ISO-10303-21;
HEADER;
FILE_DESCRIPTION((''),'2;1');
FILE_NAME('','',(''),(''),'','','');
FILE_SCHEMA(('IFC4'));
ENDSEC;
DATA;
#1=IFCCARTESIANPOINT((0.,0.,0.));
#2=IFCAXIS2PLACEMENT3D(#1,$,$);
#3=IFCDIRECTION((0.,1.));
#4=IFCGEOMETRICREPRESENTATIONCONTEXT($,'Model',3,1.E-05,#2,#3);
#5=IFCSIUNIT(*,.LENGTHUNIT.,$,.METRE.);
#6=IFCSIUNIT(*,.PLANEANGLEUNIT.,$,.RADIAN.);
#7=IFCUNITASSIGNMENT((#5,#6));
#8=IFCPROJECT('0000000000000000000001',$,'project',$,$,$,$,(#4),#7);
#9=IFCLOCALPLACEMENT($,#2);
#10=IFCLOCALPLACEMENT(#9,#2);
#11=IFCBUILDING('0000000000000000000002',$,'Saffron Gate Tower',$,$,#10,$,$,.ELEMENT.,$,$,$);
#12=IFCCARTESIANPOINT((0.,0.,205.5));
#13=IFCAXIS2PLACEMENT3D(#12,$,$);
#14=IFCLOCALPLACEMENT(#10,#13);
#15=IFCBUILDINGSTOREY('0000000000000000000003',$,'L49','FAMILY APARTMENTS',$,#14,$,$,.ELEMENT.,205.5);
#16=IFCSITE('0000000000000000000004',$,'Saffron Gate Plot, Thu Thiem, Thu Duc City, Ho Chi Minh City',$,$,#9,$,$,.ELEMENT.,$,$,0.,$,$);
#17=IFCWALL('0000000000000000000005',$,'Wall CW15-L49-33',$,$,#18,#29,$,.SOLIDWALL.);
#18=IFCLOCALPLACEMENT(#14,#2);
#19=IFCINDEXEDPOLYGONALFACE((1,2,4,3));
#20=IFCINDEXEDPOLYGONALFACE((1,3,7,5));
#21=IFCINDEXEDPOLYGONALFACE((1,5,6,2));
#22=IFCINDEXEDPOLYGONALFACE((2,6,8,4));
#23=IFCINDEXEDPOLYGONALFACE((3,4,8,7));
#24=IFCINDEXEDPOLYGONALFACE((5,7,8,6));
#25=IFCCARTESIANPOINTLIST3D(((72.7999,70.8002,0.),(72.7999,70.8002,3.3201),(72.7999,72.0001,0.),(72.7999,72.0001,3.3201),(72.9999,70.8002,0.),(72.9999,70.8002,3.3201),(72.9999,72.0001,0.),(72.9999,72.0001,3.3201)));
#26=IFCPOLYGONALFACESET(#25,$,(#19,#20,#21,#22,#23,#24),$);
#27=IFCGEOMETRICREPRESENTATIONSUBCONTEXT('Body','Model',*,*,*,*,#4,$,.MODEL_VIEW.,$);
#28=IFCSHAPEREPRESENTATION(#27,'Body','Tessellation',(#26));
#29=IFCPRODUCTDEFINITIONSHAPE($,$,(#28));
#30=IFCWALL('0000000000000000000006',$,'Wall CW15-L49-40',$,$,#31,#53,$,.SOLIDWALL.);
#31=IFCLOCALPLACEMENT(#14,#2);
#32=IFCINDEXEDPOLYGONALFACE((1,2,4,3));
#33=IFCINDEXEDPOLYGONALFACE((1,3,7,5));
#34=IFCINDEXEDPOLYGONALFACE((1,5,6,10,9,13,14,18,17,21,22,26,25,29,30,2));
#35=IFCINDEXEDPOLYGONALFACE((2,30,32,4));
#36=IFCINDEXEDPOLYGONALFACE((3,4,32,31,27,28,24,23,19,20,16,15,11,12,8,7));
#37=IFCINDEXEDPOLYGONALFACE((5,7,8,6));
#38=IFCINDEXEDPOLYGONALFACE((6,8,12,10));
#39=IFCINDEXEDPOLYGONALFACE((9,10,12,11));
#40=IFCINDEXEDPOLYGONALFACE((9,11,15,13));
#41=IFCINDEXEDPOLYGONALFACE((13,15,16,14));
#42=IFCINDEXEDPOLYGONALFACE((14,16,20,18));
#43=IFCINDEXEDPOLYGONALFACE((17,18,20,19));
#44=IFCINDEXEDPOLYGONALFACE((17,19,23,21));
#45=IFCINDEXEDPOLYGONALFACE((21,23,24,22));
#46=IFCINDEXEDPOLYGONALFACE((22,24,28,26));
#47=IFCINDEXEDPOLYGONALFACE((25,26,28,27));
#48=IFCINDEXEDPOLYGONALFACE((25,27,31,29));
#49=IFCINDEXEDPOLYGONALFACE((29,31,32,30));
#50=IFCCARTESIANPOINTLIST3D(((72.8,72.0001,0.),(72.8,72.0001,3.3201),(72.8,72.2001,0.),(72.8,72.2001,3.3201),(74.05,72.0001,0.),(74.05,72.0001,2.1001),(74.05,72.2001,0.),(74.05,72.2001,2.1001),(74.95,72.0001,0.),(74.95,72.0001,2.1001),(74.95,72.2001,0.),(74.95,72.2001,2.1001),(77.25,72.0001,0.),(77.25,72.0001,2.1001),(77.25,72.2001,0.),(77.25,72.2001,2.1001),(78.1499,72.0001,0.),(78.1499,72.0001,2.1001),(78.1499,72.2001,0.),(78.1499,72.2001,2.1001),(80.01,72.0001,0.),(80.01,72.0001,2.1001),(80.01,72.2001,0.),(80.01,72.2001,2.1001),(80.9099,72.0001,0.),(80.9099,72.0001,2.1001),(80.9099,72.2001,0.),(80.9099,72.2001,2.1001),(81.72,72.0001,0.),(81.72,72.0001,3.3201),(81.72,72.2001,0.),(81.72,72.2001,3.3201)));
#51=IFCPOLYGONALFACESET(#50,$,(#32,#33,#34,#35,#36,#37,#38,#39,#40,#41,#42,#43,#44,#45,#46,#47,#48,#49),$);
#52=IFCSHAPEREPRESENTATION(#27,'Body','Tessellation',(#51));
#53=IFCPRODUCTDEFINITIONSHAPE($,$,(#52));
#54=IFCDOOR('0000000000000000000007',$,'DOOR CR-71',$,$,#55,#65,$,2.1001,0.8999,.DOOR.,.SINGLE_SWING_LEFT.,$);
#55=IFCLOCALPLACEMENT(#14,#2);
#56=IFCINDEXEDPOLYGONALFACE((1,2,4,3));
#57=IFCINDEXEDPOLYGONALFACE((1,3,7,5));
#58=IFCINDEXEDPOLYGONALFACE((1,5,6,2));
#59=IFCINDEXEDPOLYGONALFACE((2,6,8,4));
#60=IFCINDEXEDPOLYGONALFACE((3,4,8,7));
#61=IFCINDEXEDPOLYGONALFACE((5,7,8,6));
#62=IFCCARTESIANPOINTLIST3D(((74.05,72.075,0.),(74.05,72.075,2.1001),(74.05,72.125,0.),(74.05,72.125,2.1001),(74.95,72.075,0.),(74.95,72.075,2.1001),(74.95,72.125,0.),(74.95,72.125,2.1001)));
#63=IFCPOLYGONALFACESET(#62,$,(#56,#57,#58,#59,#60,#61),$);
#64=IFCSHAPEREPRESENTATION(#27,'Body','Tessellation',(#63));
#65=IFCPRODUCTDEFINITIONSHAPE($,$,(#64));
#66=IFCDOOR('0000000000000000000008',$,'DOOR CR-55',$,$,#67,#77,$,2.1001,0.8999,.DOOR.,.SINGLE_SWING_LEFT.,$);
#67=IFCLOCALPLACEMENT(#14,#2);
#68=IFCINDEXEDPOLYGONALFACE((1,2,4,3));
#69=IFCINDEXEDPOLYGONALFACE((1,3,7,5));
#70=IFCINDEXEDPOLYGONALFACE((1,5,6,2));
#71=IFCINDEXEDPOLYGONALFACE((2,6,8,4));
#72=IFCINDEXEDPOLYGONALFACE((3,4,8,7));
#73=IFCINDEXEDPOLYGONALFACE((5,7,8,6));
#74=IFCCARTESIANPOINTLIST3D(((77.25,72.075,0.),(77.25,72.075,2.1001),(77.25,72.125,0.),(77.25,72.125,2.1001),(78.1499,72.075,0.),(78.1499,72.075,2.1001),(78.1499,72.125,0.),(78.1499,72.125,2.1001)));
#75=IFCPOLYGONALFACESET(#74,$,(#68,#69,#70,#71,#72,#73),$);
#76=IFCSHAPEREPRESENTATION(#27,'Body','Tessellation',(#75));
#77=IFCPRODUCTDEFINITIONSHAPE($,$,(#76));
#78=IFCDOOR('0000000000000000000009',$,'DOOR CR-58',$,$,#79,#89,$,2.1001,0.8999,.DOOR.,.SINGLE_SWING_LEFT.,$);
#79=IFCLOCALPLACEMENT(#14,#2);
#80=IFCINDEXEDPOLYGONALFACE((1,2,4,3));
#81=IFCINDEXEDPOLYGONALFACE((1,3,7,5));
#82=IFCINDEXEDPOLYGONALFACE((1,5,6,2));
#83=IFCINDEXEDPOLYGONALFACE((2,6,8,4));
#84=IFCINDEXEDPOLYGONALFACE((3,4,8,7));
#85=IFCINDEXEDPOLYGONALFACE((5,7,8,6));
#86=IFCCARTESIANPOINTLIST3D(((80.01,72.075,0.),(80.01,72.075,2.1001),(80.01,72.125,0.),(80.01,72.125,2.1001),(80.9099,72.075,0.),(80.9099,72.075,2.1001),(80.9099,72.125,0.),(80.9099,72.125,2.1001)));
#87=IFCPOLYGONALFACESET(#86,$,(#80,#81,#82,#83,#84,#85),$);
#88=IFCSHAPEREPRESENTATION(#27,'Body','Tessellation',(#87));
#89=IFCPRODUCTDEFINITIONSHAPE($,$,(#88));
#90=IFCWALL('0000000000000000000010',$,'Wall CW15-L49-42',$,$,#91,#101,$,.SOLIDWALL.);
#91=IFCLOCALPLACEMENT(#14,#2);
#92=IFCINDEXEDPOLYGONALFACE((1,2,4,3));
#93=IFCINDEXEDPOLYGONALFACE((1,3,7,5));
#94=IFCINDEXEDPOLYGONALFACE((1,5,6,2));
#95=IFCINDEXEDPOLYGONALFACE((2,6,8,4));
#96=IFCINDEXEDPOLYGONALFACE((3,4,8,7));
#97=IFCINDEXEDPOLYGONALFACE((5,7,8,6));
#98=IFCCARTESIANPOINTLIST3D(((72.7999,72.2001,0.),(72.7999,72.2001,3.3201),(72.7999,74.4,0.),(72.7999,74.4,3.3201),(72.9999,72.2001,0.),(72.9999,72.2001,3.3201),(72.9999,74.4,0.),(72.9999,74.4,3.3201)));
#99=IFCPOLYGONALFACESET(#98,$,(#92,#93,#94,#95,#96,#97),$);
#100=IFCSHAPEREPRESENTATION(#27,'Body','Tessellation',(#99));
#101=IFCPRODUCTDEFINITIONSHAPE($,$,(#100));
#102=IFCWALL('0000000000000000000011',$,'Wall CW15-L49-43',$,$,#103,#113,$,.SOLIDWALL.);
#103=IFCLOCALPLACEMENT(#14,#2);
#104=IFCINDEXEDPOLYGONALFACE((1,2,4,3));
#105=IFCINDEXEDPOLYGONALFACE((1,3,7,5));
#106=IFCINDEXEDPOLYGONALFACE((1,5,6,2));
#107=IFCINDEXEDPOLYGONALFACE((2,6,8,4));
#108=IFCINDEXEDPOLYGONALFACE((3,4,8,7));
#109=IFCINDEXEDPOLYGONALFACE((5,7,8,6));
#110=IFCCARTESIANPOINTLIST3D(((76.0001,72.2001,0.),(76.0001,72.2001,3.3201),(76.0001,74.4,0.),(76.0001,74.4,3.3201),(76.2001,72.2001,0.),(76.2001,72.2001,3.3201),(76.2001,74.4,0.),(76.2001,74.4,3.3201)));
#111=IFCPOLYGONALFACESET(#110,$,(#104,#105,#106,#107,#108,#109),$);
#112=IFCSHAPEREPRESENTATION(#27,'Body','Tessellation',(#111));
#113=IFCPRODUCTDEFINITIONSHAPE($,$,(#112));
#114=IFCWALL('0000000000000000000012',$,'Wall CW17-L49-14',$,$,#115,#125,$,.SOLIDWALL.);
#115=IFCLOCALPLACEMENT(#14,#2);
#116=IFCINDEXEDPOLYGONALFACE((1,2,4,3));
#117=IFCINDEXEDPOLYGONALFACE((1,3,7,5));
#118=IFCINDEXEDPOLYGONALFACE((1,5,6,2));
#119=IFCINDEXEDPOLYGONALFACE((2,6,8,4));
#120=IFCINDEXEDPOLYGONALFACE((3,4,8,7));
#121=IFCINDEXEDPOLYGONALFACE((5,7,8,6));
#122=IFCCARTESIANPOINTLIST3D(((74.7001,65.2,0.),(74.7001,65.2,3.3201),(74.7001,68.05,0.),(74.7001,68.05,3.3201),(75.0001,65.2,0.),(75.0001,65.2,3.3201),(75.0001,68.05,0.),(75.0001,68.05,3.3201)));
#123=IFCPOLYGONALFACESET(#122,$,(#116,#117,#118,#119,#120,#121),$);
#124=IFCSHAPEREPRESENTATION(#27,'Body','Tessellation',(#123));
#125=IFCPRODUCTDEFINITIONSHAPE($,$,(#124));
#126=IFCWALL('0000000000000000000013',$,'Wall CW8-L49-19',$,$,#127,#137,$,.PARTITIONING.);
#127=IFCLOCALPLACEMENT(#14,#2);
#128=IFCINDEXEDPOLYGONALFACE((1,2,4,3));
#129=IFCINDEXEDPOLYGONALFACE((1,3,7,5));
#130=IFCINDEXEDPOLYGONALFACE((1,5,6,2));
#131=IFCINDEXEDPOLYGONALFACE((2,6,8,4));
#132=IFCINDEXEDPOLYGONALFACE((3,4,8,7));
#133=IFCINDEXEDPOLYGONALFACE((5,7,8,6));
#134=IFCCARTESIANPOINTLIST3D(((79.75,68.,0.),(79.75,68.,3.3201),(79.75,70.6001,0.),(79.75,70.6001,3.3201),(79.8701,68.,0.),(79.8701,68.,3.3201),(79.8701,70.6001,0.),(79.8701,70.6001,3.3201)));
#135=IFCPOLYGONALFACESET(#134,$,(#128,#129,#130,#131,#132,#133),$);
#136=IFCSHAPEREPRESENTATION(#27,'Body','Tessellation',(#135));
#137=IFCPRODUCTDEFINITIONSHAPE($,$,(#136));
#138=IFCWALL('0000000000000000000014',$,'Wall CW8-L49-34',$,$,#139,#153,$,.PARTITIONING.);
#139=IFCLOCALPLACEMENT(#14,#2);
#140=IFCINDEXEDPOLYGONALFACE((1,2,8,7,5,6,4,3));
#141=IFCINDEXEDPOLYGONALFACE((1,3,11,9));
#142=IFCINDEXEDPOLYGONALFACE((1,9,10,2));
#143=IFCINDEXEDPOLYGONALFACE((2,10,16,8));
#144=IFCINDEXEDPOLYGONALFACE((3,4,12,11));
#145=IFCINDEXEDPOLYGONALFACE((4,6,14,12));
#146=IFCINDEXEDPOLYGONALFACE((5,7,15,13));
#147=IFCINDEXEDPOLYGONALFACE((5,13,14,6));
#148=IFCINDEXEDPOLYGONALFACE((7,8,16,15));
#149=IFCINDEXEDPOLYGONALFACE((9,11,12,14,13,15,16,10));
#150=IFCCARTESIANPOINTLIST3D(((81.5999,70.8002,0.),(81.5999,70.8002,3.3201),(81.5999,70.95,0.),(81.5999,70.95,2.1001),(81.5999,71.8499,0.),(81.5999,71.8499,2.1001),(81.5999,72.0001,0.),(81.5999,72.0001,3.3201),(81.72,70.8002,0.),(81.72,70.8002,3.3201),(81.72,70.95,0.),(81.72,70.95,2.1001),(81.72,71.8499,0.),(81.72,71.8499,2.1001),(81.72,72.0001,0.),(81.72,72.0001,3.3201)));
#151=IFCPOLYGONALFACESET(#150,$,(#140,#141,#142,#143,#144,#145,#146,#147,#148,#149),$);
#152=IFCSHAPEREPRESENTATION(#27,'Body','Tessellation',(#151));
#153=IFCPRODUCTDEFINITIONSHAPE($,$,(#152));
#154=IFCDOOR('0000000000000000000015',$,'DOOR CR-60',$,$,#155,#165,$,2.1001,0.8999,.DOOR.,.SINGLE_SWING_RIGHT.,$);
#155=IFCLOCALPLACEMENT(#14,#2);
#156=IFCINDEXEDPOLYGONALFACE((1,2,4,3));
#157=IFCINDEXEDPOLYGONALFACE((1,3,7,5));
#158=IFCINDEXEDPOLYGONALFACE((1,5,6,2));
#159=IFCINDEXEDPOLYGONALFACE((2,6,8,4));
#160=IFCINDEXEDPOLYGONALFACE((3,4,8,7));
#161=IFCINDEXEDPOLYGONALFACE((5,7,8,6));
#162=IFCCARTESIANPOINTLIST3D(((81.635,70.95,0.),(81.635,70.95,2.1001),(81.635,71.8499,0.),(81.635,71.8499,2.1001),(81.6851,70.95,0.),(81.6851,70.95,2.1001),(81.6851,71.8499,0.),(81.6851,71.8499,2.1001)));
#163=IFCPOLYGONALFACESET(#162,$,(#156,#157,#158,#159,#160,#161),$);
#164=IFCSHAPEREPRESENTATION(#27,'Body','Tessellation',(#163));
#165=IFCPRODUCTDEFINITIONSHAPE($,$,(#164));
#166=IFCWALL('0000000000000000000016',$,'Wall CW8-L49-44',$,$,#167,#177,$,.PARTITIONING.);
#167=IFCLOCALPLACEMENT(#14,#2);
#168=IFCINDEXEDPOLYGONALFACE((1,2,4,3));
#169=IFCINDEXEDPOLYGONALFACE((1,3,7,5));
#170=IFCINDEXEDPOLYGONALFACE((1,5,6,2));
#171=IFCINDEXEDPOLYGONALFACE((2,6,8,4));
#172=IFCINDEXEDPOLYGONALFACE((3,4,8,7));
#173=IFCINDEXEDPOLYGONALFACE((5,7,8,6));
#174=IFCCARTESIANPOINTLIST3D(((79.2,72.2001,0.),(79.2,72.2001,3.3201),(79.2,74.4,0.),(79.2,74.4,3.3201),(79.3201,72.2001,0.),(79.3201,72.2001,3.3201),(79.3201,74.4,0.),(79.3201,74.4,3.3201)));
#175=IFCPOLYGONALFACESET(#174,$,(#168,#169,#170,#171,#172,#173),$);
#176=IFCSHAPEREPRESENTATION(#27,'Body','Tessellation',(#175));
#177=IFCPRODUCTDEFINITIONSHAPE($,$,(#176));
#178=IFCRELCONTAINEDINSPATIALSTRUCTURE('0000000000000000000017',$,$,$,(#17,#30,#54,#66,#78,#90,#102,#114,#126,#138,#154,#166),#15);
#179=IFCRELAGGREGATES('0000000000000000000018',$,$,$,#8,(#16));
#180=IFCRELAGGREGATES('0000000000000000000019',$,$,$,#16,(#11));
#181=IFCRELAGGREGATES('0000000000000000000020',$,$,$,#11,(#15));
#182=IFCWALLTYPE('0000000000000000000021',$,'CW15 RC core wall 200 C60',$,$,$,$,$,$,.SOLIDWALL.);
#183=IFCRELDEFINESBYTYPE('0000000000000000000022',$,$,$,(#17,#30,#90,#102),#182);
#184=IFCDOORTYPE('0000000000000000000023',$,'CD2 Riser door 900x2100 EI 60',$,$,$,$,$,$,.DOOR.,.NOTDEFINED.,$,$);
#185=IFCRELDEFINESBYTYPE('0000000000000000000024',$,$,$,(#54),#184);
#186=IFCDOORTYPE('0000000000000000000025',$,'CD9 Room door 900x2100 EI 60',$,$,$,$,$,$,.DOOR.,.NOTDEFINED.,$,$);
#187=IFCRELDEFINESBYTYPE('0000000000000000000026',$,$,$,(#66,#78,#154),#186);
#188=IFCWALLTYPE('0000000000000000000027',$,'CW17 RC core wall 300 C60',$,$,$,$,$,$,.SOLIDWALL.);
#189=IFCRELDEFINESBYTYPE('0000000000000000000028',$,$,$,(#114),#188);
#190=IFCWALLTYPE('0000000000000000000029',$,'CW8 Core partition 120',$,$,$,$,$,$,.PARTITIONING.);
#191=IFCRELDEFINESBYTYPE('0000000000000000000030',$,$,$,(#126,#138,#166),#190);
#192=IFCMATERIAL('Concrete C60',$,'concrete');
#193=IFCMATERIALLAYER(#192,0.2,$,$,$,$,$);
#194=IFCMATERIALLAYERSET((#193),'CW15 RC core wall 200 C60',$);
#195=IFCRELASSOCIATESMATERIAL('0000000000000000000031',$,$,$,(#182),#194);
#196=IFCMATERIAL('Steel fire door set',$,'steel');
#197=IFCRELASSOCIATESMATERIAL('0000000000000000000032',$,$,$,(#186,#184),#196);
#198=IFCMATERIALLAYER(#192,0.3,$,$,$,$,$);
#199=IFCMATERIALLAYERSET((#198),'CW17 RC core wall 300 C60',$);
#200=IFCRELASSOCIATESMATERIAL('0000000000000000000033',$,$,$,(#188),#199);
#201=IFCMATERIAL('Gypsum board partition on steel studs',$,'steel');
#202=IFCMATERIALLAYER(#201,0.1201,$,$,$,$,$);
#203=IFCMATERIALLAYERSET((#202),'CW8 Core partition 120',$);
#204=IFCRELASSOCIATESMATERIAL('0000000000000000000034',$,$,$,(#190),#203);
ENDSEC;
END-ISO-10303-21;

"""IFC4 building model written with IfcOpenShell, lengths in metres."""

from ifc_helpers import new_model, si_unit, direction, frame, frame_2d, origin, place, context, subcontext, project, spatial, rectangle, extrude, material, layer, layer_set, type_object, element, fill, save


model = new_model("IFC4")

# Units and contexts
model_context = context("Model", 3, precision=1e-05, world=origin(), true_north=direction((0.0, 1.0)))
body_context = subcontext(model_context, "Body", "Model", "MODEL_VIEW")
ifc_project = project(units=[si_unit("LENGTHUNIT", "METRE"), si_unit("PLANEANGLEUNIT", "RADIAN")], contexts=[model_context])

# Site, building, storey
site_placement = place(None, origin())
site = spatial("IfcSite", under=ifc_project, at=site_placement, Name="Saffron Gate Plot, Thu Thiem, Thu Duc City, Ho Chi Minh City", CompositionType="ELEMENT", RefElevation=0.0)
building_placement = place(site_placement, origin())
building = spatial("IfcBuilding", under=site, at=building_placement, Name="Saffron Gate Tower", CompositionType="ELEMENT")
storey_placement = place(building_placement, frame((0.0, 0.0, 205.5)))
storey = spatial("IfcBuildingStorey", under=building, at=storey_placement, Name="L49", Description="FAMILY APARTMENTS", CompositionType="ELEMENT", Elevation=205.5)

# Shared definitions
ifc_material_1 = material(Name="Concrete C60", Category="concrete")

# Shared definitions
ifc_layer_1 = layer(ifc_material_1, 0.2)
ifc_layer_set_1 = layer_set([ifc_layer_1], Name="CW15 RC core wall 200 C60")
wall_type_1 = type_object("IfcWallType", Name="CW15 RC core wall 200 C60", PredefinedType="SOLIDWALL", material=ifc_layer_set_1)
ifc_material_2 = material(Name="Steel fire door set", Category="steel")
door_type_1 = type_object("IfcDoorType", Name="CD9 Room door 900x2100 EI 60", OperationType="NOTDEFINED", PredefinedType="DOOR", material=ifc_material_2)

# Wall
wall_1_placement = place(storey_placement, frame((72.8999, 70.8, 0.0), z_axis=(0.0, 0.0, 1.0), x_axis=(0.0, 1.0, 0.0)))
element("IfcWall", 1, at=wall_1_placement, inside=storey, type_object=wall_type_1, Name="Wall CW15-L49-33", PredefinedType="SOLIDWALL", context=body_context, shape_type="SweptSolid", body=[
    extrude(rectangle(XDim=1.2, YDim=0.2, at=frame_2d((0.6001, 0.0))), origin(), (0.0, 0.0, 1.0), 3.3201),
])

# Wall, openings, doors
wall_2_placement = place(storey_placement, frame((72.8, 72.1001, 0.0), z_axis=(0.0, 0.0, 1.0), x_axis=(1.0, 0.0, 0.0)))
wall_2 = element("IfcWall", 2, at=wall_2_placement, inside=storey, type_object=wall_type_1, Name="Wall CW15-L49-40", PredefinedType="SOLIDWALL", context=body_context, shape_type="SweptSolid", body=[
    extrude(rectangle(XDim=8.9199, YDim=0.2, at=frame_2d((4.46, 0.0))), origin(), (0.0, 0.0, 1.0), 3.3201),
])
opening_1_placement = place(wall_2_placement, frame((1.25, 0.0, 0.0)))
opening_1 = element("IfcOpeningElement", 3, at=opening_1_placement, cuts=wall_2, PredefinedType="OPENING", context=body_context, shape_type="SweptSolid", body=[
    extrude(rectangle(XDim=0.8999, YDim=2.1001, at=frame_2d((0.45, 1.05))), frame((0.0, 0.1099, 0.0), z_axis=(0.0, -1.0, 0.0), x_axis=(1.0, 0.0, 0.0)), (0.0, 0.0, 1.0), 0.22),
])
opening_2_placement = place(wall_2_placement, frame((4.45, 0.0, 0.0)))
opening_2 = element("IfcOpeningElement", 4, at=opening_2_placement, cuts=wall_2, PredefinedType="OPENING", context=body_context, shape_type="SweptSolid", body=[
    extrude(rectangle(XDim=0.8999, YDim=2.1001, at=frame_2d((0.45, 1.05))), frame((0.0, 0.1099, 0.0), z_axis=(0.0, -1.0, 0.0), x_axis=(1.0, 0.0, 0.0)), (0.0, 0.0, 1.0), 0.22),
])
opening_3_placement = place(wall_2_placement, frame((7.21, 0.0, 0.0)))
opening_3 = element("IfcOpeningElement", 5, at=opening_3_placement, cuts=wall_2, PredefinedType="OPENING", context=body_context, shape_type="SweptSolid", body=[
    extrude(rectangle(XDim=0.8999, YDim=2.1001, at=frame_2d((0.45, 1.05))), frame((0.0, 0.1099, 0.0), z_axis=(0.0, -1.0, 0.0), x_axis=(1.0, 0.0, 0.0)), (0.0, 0.0, 1.0), 0.22),
])
door_type_2 = type_object("IfcDoorType", Name="CD2 Riser door 900x2100 EI 60", OperationType="NOTDEFINED", PredefinedType="DOOR", material=ifc_material_2)
door_1_placement = place(opening_1_placement, origin())
door_1 = element("IfcDoor", 6, at=door_1_placement, inside=storey, type_object=door_type_2, Name="DOOR CR-71", OperationType="SINGLE_SWING_LEFT", OverallHeight=2.1001, OverallWidth=0.8999, PredefinedType="DOOR", context=body_context, shape_type="SweptSolid", body=[
    extrude(rectangle(XDim=0.8999, YDim=2.1001, at=frame_2d((0.45, 1.05))), frame((0.0, 0.0249, 0.0), z_axis=(0.0, -1.0, 0.0), x_axis=(1.0, 0.0, 0.0)), (0.0, 0.0, 1.0), 0.05),
])
fill(opening_1, door_1)
door_2_placement = place(opening_2_placement, origin())
door_2 = element("IfcDoor", 7, at=door_2_placement, inside=storey, type_object=door_type_1, Name="DOOR CR-55", OperationType="SINGLE_SWING_LEFT", OverallHeight=2.1001, OverallWidth=0.8999, PredefinedType="DOOR", context=body_context, shape_type="SweptSolid", body=[
    extrude(rectangle(XDim=0.8999, YDim=2.1001, at=frame_2d((0.45, 1.05))), frame((0.0, 0.0249, 0.0), z_axis=(0.0, -1.0, 0.0), x_axis=(1.0, 0.0, 0.0)), (0.0, 0.0, 1.0), 0.05),
])
fill(opening_2, door_2)
door_3_placement = place(opening_3_placement, origin())
door_3 = element("IfcDoor", 8, at=door_3_placement, inside=storey, type_object=door_type_1, Name="DOOR CR-58", OperationType="SINGLE_SWING_LEFT", OverallHeight=2.1001, OverallWidth=0.8999, PredefinedType="DOOR", context=body_context, shape_type="SweptSolid", body=[
    extrude(rectangle(XDim=0.8999, YDim=2.1001, at=frame_2d((0.45, 1.05))), frame((0.0, 0.0249, 0.0), z_axis=(0.0, -1.0, 0.0), x_axis=(1.0, 0.0, 0.0)), (0.0, 0.0, 1.0), 0.05),
])
fill(opening_3, door_3)

# Walls
for number, where, z_axis, x_axis, name in (
    (9, (72.8999, 72.2, 0.0), (0.0, 0.0, 1.0), (0.0, 1.0, 0.0), "Wall CW15-L49-42"),
    (10, (76.1001, 72.2, 0.0), (0.0, 0.0, 1.0), (0.0, 1.0, 0.0), "Wall CW15-L49-43"),
):
    element("IfcWall", number, at=place(storey_placement, frame(where, z_axis=z_axis, x_axis=x_axis)), inside=storey, type_object=wall_type_1, Name=name, PredefinedType="SOLIDWALL", context=body_context, shape_type="SweptSolid", body=[
        extrude(rectangle(XDim=2.2, YDim=0.2, at=frame_2d((1.1001, 0.0))), origin(), (0.0, 0.0, 1.0), 3.3201),
    ])
ifc_layer_2 = layer(ifc_material_1, 0.3)
ifc_layer_set_2 = layer_set([ifc_layer_2], Name="CW17 RC core wall 300 C60")
wall_type_2 = type_object("IfcWallType", Name="CW17 RC core wall 300 C60", PredefinedType="SOLIDWALL", material=ifc_layer_set_2)
wall_3_placement = place(storey_placement, frame((74.8501, 65.2, 0.0), z_axis=(0.0, 0.0, 1.0), x_axis=(0.0, 1.0, 0.0)))
element("IfcWall", 11, at=wall_3_placement, inside=storey, type_object=wall_type_2, Name="Wall CW17-L49-14", PredefinedType="SOLIDWALL", context=body_context, shape_type="SweptSolid", body=[
    extrude(rectangle(XDim=2.8501, YDim=0.3, at=frame_2d((1.425, 0.0))), origin(), (0.0, 0.0, 1.0), 3.3201),
])
ifc_material_3 = material(Name="Gypsum board partition on steel studs", Category="steel")
ifc_layer_3 = layer(ifc_material_3, 0.1201)
ifc_layer_set_3 = layer_set([ifc_layer_3], Name="CW8 Core partition 120")
wall_type_3 = type_object("IfcWallType", Name="CW8 Core partition 120", PredefinedType="PARTITIONING", material=ifc_layer_set_3)
wall_4_placement = place(storey_placement, frame((79.8101, 68.0, 0.0), z_axis=(0.0, 0.0, 1.0), x_axis=(0.0, 1.0, 0.0)))
element("IfcWall", 12, at=wall_4_placement, inside=storey, type_object=wall_type_3, Name="Wall CW8-L49-19", PredefinedType="PARTITIONING", context=body_context, shape_type="SweptSolid", body=[
    extrude(rectangle(XDim=2.6001, YDim=0.1201, at=frame_2d((1.3, 0.0))), origin(), (0.0, 0.0, 1.0), 3.3201),
])

# Wall, opening, door
wall_5_placement = place(storey_placement, frame((81.6599, 70.8, 0.0), z_axis=(0.0, 0.0, 1.0), x_axis=(0.0, 1.0, 0.0)))
wall_5 = element("IfcWall", 13, at=wall_5_placement, inside=storey, type_object=wall_type_3, Name="Wall CW8-L49-34", PredefinedType="PARTITIONING", context=body_context, shape_type="SweptSolid", body=[
    extrude(rectangle(XDim=1.2, YDim=0.1201, at=frame_2d((0.6001, 0.0))), origin(), (0.0, 0.0, 1.0), 3.3201),
])
opening_4_placement = place(wall_5_placement, frame((0.1499, 0.0, 0.0)))
opening_4 = element("IfcOpeningElement", 14, at=opening_4_placement, cuts=wall_5, PredefinedType="OPENING", context=body_context, shape_type="SweptSolid", body=[
    extrude(rectangle(XDim=0.8999, YDim=2.1001, at=frame_2d((0.45, 1.05))), frame((0.0, 0.0701, 0.0), z_axis=(0.0, -1.0, 0.0), x_axis=(1.0, 0.0, 0.0)), (0.0, 0.0, 1.0), 0.1401),
])
door_4_placement = place(opening_4_placement, origin())
door_4 = element("IfcDoor", 15, at=door_4_placement, inside=storey, type_object=door_type_1, Name="DOOR CR-60", OperationType="SINGLE_SWING_RIGHT", OverallHeight=2.1001, OverallWidth=0.8999, PredefinedType="DOOR", context=body_context, shape_type="SweptSolid", body=[
    extrude(rectangle(XDim=0.8999, YDim=2.1001, at=frame_2d((0.45, 1.05))), frame((0.0, 0.0249, 0.0), z_axis=(0.0, -1.0, 0.0), x_axis=(1.0, 0.0, 0.0)), (0.0, 0.0, 1.0), 0.05),
])
fill(opening_4, door_4)

# Wall
wall_6_placement = place(storey_placement, frame((79.26, 72.2, 0.0), z_axis=(0.0, 0.0, 1.0), x_axis=(0.0, 1.0, 0.0)))
element("IfcWall", 16, at=wall_6_placement, inside=storey, type_object=wall_type_3, Name="Wall CW8-L49-44", PredefinedType="PARTITIONING", context=body_context, shape_type="SweptSolid", body=[
    extrude(rectangle(XDim=2.2, YDim=0.1201, at=frame_2d((1.1001, 0.0))), origin(), (0.0, 0.0, 1.0), 3.3201),
])

save(model, "model.ifc")
